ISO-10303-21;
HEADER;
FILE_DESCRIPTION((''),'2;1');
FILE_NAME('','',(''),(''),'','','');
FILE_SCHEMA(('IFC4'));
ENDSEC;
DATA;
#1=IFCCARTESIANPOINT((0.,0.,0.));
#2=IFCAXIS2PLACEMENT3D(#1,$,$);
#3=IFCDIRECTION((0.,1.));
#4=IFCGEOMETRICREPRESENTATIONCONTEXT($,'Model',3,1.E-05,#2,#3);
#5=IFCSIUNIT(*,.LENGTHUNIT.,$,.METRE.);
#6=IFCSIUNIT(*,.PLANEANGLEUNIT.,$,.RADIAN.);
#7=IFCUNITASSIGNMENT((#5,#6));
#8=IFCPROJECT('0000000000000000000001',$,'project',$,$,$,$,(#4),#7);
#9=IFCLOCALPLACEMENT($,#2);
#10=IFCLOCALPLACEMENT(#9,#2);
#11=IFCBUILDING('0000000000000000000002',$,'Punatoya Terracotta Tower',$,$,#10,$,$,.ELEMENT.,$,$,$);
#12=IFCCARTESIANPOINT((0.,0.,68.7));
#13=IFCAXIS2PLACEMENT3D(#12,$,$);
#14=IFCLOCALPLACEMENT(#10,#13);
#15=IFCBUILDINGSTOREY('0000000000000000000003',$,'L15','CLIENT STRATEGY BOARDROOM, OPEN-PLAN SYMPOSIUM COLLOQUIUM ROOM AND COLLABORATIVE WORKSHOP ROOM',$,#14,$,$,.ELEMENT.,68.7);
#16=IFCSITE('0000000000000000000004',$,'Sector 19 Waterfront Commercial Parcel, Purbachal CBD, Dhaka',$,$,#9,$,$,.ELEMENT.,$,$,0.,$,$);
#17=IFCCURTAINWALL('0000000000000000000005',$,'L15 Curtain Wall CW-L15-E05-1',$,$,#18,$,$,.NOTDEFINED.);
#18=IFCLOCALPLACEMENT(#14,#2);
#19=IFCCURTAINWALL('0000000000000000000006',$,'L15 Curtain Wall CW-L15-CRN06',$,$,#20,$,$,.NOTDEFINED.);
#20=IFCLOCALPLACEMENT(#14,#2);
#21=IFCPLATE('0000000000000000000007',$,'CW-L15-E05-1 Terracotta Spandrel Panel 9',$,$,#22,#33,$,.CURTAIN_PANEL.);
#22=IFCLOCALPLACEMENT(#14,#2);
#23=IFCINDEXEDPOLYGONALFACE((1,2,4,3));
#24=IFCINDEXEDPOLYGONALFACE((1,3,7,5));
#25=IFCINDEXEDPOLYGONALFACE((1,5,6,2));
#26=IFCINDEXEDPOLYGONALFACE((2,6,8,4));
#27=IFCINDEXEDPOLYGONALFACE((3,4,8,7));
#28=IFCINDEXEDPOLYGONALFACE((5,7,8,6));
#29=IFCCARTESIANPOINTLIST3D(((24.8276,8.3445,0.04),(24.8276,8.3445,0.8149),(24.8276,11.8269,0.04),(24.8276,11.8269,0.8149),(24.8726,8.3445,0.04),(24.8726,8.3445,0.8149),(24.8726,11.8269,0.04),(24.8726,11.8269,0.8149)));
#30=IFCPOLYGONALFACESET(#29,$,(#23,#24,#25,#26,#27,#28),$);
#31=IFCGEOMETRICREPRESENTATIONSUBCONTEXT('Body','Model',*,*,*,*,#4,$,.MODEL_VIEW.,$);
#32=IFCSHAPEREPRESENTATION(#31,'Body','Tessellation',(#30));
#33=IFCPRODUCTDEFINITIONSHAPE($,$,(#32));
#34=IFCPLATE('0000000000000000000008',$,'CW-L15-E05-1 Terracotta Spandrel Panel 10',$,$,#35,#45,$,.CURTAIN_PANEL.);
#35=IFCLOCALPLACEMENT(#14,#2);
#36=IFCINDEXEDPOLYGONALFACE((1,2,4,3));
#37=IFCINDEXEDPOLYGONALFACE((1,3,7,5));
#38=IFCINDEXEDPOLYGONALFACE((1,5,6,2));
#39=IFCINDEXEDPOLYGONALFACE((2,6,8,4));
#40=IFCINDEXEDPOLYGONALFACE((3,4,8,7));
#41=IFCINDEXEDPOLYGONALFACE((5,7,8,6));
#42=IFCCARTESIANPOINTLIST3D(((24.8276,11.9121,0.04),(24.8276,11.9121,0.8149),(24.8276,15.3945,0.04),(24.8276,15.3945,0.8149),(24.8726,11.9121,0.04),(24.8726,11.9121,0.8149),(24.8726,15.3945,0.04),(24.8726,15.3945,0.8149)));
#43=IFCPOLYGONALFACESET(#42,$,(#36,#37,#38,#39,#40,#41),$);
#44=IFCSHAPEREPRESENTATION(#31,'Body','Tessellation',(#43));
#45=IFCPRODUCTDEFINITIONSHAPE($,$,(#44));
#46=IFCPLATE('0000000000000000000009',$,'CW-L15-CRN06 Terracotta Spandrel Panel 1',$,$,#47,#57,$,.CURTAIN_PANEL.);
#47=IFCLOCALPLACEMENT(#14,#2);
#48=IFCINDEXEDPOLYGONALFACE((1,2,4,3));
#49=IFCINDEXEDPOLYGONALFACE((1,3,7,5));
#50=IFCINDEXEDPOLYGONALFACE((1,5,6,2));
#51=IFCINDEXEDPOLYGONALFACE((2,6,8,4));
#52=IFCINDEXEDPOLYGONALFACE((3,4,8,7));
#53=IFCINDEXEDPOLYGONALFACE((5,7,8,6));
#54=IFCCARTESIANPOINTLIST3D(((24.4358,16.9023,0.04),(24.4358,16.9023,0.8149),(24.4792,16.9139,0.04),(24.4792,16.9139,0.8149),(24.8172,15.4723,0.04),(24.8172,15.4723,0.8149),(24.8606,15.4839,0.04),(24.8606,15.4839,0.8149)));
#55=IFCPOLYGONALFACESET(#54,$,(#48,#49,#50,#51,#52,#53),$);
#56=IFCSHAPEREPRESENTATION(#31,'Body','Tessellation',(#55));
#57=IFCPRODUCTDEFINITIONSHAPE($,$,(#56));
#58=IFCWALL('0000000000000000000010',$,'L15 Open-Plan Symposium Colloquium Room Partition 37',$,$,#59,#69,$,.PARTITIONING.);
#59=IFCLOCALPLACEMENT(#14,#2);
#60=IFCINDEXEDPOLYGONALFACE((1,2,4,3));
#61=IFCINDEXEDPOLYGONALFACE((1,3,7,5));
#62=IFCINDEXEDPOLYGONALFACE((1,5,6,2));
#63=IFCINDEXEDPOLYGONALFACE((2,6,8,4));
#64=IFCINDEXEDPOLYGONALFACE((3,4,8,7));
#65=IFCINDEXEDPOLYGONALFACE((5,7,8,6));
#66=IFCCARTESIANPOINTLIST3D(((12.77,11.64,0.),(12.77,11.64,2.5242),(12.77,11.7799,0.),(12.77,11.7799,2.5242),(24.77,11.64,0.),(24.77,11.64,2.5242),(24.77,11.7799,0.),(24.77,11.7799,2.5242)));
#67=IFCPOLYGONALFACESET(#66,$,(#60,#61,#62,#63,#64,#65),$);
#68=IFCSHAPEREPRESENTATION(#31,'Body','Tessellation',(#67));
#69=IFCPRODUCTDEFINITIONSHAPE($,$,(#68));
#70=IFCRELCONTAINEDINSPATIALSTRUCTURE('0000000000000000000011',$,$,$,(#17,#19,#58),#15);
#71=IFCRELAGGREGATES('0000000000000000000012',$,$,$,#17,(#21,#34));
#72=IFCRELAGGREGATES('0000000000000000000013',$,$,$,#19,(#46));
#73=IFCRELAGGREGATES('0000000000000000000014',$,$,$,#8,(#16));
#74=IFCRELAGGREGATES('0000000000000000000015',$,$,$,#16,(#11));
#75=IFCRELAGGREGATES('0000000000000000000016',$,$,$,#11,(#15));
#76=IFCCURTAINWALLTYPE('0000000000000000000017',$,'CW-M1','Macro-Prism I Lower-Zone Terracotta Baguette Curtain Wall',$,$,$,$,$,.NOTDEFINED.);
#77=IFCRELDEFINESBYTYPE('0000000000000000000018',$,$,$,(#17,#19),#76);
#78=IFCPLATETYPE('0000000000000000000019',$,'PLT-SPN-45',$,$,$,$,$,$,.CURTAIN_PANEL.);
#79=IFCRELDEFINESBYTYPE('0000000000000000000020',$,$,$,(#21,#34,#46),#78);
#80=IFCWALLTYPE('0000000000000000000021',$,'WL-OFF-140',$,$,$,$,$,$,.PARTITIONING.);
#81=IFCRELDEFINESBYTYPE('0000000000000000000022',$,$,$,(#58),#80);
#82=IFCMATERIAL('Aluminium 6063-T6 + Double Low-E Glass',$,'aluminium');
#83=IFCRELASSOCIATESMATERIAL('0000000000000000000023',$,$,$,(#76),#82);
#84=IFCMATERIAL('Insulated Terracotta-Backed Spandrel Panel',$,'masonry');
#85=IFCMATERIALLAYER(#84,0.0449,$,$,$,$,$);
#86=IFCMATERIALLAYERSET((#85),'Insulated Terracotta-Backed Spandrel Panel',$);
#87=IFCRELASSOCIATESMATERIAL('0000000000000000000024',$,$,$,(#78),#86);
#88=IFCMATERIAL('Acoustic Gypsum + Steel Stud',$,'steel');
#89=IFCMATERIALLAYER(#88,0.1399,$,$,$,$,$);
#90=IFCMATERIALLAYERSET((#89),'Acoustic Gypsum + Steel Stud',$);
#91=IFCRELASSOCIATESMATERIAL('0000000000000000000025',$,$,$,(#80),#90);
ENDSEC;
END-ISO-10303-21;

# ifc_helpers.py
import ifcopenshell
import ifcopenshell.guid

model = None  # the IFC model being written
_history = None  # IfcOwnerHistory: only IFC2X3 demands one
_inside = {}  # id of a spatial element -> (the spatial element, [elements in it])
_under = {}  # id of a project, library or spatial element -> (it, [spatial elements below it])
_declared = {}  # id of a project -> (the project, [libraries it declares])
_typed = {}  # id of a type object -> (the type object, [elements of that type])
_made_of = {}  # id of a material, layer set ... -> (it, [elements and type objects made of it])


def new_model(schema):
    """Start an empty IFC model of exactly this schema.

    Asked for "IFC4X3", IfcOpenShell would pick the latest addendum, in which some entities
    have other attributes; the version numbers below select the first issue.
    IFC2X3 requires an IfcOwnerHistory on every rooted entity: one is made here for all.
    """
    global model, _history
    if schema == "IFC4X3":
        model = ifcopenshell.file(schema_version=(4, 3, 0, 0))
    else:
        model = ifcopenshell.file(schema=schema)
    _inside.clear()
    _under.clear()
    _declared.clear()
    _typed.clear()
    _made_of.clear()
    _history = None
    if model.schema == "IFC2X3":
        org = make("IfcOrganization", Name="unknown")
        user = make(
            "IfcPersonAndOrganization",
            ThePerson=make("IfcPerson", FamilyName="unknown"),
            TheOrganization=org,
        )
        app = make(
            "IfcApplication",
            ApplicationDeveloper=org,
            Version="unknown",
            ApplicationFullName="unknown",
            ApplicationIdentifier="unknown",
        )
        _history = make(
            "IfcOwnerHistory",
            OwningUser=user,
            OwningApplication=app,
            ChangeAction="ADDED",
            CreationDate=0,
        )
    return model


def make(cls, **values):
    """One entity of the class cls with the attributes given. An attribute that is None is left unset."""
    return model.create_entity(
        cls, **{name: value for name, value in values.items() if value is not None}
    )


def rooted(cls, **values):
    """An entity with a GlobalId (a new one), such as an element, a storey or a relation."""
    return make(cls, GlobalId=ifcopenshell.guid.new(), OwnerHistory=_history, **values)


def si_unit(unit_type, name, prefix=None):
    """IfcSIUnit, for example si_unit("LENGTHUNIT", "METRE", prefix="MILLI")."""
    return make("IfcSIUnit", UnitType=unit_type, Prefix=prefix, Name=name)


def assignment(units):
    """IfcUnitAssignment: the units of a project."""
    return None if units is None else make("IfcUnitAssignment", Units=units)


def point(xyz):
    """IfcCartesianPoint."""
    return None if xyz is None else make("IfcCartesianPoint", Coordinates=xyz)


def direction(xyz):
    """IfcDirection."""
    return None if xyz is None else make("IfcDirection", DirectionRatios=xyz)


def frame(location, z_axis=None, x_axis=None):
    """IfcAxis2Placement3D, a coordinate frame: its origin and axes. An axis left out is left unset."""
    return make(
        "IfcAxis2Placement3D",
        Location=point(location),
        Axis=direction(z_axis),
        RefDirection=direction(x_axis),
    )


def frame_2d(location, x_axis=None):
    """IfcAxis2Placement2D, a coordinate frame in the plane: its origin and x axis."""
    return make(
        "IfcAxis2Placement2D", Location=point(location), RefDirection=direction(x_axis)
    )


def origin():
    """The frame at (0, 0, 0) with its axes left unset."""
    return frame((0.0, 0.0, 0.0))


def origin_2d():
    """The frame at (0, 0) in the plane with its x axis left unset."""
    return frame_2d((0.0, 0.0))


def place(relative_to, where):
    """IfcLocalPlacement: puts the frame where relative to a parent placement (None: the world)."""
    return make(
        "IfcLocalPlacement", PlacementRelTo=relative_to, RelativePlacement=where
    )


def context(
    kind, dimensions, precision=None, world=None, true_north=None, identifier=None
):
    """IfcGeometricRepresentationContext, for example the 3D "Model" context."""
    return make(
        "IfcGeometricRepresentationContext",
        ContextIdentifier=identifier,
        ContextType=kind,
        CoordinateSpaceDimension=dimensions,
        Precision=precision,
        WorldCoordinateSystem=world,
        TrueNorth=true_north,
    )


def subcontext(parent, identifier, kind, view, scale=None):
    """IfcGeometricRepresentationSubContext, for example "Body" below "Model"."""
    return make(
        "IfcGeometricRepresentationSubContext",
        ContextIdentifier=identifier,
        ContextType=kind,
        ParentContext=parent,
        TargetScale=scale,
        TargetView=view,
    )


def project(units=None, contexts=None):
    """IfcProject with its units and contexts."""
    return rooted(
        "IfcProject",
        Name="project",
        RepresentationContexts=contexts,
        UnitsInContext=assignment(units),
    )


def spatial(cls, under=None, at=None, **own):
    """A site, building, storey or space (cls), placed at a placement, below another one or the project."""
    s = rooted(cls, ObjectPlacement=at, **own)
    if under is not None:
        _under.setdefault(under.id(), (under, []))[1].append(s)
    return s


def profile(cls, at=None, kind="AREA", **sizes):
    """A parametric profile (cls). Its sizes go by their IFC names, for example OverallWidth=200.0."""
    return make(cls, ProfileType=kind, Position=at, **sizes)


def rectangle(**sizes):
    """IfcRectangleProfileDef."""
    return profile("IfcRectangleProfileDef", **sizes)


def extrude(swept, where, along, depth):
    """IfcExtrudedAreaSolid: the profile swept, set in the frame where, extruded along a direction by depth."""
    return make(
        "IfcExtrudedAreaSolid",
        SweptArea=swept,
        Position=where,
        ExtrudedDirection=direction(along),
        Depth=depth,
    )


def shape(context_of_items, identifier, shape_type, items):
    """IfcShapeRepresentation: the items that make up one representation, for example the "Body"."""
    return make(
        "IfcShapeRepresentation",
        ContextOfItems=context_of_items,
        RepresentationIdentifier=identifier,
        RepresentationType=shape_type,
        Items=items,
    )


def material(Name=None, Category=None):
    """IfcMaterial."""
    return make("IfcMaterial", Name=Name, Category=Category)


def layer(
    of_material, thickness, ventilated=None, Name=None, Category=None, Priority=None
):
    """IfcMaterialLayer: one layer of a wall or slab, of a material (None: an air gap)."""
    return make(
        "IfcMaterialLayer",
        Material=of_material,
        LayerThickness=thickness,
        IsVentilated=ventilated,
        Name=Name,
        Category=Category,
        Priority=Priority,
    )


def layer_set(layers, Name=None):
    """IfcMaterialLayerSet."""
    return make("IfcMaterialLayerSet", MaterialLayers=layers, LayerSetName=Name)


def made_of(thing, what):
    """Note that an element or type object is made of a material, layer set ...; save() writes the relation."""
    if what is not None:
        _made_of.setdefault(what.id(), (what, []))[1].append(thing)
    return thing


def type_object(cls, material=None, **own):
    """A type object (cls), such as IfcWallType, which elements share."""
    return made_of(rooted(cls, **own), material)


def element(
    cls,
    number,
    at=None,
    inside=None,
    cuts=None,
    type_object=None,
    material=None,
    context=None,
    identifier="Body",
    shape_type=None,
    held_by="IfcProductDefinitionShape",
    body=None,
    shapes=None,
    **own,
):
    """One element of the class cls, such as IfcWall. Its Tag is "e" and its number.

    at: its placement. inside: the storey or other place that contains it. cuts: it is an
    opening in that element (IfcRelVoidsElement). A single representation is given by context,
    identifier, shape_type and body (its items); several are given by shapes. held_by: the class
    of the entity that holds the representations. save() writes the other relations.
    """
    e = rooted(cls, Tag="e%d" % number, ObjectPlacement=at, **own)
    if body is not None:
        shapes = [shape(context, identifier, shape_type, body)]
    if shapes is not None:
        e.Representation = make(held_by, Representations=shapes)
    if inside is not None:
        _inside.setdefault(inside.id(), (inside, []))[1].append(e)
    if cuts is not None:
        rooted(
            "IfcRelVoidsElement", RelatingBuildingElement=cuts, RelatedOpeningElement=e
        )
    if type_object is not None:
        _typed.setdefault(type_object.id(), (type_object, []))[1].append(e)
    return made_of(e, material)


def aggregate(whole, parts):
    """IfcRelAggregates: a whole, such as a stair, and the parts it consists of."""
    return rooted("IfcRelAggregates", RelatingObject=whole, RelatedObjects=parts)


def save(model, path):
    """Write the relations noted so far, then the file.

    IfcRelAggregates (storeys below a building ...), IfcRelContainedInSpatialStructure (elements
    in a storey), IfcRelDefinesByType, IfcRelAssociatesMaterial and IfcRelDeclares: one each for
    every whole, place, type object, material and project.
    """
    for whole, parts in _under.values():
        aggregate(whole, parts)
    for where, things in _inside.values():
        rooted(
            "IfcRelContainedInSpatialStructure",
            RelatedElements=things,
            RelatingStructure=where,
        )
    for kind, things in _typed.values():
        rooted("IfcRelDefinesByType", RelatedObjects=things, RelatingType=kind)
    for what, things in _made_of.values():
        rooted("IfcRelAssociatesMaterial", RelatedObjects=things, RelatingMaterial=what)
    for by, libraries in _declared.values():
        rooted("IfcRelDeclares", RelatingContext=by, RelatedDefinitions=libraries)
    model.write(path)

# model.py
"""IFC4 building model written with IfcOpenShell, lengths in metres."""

from ifc_helpers import new_model, si_unit, direction, frame, frame_2d, origin, origin_2d, place, context, subcontext, project, spatial, rectangle, extrude, material, layer, layer_set, type_object, element, aggregate, save


model = new_model("IFC4")

# Units and contexts
model_context = context("Model", 3, precision=1e-05, world=origin(), true_north=direction((0.0, 1.0)))
body_context = subcontext(model_context, "Body", "Model", "MODEL_VIEW")
ifc_project = project(units=[si_unit("LENGTHUNIT", "METRE"), si_unit("PLANEANGLEUNIT", "RADIAN")], contexts=[model_context])

# Site, building, storey
site_placement = place(None, origin())
site = spatial("IfcSite", under=ifc_project, at=site_placement, Name="Sector 19 Waterfront Commercial Parcel, Purbachal CBD, Dhaka", CompositionType="ELEMENT", RefElevation=0.0)
building_placement = place(site_placement, origin())
building = spatial("IfcBuilding", under=site, at=building_placement, Name="Punatoya Terracotta Tower", CompositionType="ELEMENT")
storey_placement = place(building_placement, frame((0.0, 0.0, 68.7)))
storey = spatial("IfcBuildingStorey", under=building, at=storey_placement, Name="L15", Description="CLIENT STRATEGY BOARDROOM, OPEN-PLAN SYMPOSIUM COLLOQUIUM ROOM AND COLLABORATIVE WORKSHOP ROOM", CompositionType="ELEMENT", Elevation=68.7)

# Curtain walls
ifc_material_1 = material(Name="Aluminium 6063-T6 + Double Low-E Glass", Category="aluminium")
curtain_wall_type = type_object("IfcCurtainWallType", Name="CW-M1", Description="Macro-Prism I Lower-Zone Terracotta Baguette Curtain Wall", PredefinedType="NOTDEFINED", material=ifc_material_1)
curtain_wall_1_placement = place(storey_placement, origin())
curtain_wall_1 = element("IfcCurtainWall", 1, at=curtain_wall_1_placement, inside=storey, type_object=curtain_wall_type, Name="L15 Curtain Wall CW-L15-E05-1", PredefinedType="NOTDEFINED")
curtain_wall_2_placement = place(storey_placement, origin())
curtain_wall_2 = element("IfcCurtainWall", 2, at=curtain_wall_2_placement, inside=storey, type_object=curtain_wall_type, Name="L15 Curtain Wall CW-L15-CRN06", PredefinedType="NOTDEFINED")

# Plates
ifc_material_2 = material(Name="Insulated Terracotta-Backed Spandrel Panel", Category="masonry")
ifc_layer_1 = layer(ifc_material_2, 0.0449)
ifc_layer_set_1 = layer_set([ifc_layer_1], Name="Insulated Terracotta-Backed Spandrel Panel")
plate_type_1 = type_object("IfcPlateType", Name="PLT-SPN-45", PredefinedType="CURTAIN_PANEL", material=ifc_layer_set_1)
plate_1_placement = place(storey_placement, frame((24.8501, 10.0857, 0.04), z_axis=(0.0, 0.0, 1.0), x_axis=(0.0, 1.0, 0.0)))
plate_1 = element("IfcPlate", 3, at=plate_1_placement, type_object=plate_type_1, Name="CW-L15-E05-1 Terracotta Spandrel Panel 9", PredefinedType="CURTAIN_PANEL", context=body_context, shape_type="SweptSolid", body=[
    extrude(rectangle(XDim=3.4824, YDim=0.0449, at=origin_2d()), origin(), (0.0, 0.0, 1.0), 0.7749),
])
plate_2_placement = place(storey_placement, frame((24.8501, 13.6533, 0.04), z_axis=(0.0, 0.0, 1.0), x_axis=(0.0, 1.0, 0.0)))
plate_2 = element("IfcPlate", 4, at=plate_2_placement, type_object=plate_type_1, Name="CW-L15-E05-1 Terracotta Spandrel Panel 10", PredefinedType="CURTAIN_PANEL", context=body_context, shape_type="SweptSolid", body=[
    extrude(rectangle(XDim=3.4824, YDim=0.0449, at=origin_2d()), origin(), (0.0, 0.0, 1.0), 0.7749),
])
aggregate(curtain_wall_1, [plate_1, plate_2])
plate_3_placement = place(storey_placement, frame((24.6482, 16.1931, 0.04), z_axis=(0.0, 0.0, 1.0), x_axis=(-0.257742, 0.966214, 0.0)))
plate_3 = element("IfcPlate", 5, at=plate_3_placement, type_object=plate_type_1, Name="CW-L15-CRN06 Terracotta Spandrel Panel 1", PredefinedType="CURTAIN_PANEL", context=body_context, shape_type="SweptSolid", body=[
    extrude(rectangle(XDim=1.48, YDim=0.0449, at=origin_2d()), origin(), (0.0, 0.0, 1.0), 0.7749),
])
aggregate(curtain_wall_2, [plate_3])

# Wall
ifc_material_3 = material(Name="Acoustic Gypsum + Steel Stud", Category="steel")
ifc_layer_2 = layer(ifc_material_3, 0.1399)
ifc_layer_set_2 = layer_set([ifc_layer_2], Name="Acoustic Gypsum + Steel Stud")
wall_type = type_object("IfcWallType", Name="WL-OFF-140", PredefinedType="PARTITIONING", material=ifc_layer_set_2)
wall_placement = place(storey_placement, frame((24.77, 11.71, 0.0), z_axis=(0.0, 0.0, 1.0), x_axis=(-1.0, 0.0, 0.0)))
element("IfcWall", 6, at=wall_placement, inside=storey, type_object=wall_type, Name="L15 Open-Plan Symposium Colloquium Room Partition 37", PredefinedType="PARTITIONING", context=body_context, shape_type="SweptSolid", body=[
    extrude(rectangle(XDim=12.0, YDim=0.1399, at=frame_2d((6.0, 0.0))), origin(), (0.0, 0.0, 1.0), 2.5242),
])

save(model, "model.ifc")
